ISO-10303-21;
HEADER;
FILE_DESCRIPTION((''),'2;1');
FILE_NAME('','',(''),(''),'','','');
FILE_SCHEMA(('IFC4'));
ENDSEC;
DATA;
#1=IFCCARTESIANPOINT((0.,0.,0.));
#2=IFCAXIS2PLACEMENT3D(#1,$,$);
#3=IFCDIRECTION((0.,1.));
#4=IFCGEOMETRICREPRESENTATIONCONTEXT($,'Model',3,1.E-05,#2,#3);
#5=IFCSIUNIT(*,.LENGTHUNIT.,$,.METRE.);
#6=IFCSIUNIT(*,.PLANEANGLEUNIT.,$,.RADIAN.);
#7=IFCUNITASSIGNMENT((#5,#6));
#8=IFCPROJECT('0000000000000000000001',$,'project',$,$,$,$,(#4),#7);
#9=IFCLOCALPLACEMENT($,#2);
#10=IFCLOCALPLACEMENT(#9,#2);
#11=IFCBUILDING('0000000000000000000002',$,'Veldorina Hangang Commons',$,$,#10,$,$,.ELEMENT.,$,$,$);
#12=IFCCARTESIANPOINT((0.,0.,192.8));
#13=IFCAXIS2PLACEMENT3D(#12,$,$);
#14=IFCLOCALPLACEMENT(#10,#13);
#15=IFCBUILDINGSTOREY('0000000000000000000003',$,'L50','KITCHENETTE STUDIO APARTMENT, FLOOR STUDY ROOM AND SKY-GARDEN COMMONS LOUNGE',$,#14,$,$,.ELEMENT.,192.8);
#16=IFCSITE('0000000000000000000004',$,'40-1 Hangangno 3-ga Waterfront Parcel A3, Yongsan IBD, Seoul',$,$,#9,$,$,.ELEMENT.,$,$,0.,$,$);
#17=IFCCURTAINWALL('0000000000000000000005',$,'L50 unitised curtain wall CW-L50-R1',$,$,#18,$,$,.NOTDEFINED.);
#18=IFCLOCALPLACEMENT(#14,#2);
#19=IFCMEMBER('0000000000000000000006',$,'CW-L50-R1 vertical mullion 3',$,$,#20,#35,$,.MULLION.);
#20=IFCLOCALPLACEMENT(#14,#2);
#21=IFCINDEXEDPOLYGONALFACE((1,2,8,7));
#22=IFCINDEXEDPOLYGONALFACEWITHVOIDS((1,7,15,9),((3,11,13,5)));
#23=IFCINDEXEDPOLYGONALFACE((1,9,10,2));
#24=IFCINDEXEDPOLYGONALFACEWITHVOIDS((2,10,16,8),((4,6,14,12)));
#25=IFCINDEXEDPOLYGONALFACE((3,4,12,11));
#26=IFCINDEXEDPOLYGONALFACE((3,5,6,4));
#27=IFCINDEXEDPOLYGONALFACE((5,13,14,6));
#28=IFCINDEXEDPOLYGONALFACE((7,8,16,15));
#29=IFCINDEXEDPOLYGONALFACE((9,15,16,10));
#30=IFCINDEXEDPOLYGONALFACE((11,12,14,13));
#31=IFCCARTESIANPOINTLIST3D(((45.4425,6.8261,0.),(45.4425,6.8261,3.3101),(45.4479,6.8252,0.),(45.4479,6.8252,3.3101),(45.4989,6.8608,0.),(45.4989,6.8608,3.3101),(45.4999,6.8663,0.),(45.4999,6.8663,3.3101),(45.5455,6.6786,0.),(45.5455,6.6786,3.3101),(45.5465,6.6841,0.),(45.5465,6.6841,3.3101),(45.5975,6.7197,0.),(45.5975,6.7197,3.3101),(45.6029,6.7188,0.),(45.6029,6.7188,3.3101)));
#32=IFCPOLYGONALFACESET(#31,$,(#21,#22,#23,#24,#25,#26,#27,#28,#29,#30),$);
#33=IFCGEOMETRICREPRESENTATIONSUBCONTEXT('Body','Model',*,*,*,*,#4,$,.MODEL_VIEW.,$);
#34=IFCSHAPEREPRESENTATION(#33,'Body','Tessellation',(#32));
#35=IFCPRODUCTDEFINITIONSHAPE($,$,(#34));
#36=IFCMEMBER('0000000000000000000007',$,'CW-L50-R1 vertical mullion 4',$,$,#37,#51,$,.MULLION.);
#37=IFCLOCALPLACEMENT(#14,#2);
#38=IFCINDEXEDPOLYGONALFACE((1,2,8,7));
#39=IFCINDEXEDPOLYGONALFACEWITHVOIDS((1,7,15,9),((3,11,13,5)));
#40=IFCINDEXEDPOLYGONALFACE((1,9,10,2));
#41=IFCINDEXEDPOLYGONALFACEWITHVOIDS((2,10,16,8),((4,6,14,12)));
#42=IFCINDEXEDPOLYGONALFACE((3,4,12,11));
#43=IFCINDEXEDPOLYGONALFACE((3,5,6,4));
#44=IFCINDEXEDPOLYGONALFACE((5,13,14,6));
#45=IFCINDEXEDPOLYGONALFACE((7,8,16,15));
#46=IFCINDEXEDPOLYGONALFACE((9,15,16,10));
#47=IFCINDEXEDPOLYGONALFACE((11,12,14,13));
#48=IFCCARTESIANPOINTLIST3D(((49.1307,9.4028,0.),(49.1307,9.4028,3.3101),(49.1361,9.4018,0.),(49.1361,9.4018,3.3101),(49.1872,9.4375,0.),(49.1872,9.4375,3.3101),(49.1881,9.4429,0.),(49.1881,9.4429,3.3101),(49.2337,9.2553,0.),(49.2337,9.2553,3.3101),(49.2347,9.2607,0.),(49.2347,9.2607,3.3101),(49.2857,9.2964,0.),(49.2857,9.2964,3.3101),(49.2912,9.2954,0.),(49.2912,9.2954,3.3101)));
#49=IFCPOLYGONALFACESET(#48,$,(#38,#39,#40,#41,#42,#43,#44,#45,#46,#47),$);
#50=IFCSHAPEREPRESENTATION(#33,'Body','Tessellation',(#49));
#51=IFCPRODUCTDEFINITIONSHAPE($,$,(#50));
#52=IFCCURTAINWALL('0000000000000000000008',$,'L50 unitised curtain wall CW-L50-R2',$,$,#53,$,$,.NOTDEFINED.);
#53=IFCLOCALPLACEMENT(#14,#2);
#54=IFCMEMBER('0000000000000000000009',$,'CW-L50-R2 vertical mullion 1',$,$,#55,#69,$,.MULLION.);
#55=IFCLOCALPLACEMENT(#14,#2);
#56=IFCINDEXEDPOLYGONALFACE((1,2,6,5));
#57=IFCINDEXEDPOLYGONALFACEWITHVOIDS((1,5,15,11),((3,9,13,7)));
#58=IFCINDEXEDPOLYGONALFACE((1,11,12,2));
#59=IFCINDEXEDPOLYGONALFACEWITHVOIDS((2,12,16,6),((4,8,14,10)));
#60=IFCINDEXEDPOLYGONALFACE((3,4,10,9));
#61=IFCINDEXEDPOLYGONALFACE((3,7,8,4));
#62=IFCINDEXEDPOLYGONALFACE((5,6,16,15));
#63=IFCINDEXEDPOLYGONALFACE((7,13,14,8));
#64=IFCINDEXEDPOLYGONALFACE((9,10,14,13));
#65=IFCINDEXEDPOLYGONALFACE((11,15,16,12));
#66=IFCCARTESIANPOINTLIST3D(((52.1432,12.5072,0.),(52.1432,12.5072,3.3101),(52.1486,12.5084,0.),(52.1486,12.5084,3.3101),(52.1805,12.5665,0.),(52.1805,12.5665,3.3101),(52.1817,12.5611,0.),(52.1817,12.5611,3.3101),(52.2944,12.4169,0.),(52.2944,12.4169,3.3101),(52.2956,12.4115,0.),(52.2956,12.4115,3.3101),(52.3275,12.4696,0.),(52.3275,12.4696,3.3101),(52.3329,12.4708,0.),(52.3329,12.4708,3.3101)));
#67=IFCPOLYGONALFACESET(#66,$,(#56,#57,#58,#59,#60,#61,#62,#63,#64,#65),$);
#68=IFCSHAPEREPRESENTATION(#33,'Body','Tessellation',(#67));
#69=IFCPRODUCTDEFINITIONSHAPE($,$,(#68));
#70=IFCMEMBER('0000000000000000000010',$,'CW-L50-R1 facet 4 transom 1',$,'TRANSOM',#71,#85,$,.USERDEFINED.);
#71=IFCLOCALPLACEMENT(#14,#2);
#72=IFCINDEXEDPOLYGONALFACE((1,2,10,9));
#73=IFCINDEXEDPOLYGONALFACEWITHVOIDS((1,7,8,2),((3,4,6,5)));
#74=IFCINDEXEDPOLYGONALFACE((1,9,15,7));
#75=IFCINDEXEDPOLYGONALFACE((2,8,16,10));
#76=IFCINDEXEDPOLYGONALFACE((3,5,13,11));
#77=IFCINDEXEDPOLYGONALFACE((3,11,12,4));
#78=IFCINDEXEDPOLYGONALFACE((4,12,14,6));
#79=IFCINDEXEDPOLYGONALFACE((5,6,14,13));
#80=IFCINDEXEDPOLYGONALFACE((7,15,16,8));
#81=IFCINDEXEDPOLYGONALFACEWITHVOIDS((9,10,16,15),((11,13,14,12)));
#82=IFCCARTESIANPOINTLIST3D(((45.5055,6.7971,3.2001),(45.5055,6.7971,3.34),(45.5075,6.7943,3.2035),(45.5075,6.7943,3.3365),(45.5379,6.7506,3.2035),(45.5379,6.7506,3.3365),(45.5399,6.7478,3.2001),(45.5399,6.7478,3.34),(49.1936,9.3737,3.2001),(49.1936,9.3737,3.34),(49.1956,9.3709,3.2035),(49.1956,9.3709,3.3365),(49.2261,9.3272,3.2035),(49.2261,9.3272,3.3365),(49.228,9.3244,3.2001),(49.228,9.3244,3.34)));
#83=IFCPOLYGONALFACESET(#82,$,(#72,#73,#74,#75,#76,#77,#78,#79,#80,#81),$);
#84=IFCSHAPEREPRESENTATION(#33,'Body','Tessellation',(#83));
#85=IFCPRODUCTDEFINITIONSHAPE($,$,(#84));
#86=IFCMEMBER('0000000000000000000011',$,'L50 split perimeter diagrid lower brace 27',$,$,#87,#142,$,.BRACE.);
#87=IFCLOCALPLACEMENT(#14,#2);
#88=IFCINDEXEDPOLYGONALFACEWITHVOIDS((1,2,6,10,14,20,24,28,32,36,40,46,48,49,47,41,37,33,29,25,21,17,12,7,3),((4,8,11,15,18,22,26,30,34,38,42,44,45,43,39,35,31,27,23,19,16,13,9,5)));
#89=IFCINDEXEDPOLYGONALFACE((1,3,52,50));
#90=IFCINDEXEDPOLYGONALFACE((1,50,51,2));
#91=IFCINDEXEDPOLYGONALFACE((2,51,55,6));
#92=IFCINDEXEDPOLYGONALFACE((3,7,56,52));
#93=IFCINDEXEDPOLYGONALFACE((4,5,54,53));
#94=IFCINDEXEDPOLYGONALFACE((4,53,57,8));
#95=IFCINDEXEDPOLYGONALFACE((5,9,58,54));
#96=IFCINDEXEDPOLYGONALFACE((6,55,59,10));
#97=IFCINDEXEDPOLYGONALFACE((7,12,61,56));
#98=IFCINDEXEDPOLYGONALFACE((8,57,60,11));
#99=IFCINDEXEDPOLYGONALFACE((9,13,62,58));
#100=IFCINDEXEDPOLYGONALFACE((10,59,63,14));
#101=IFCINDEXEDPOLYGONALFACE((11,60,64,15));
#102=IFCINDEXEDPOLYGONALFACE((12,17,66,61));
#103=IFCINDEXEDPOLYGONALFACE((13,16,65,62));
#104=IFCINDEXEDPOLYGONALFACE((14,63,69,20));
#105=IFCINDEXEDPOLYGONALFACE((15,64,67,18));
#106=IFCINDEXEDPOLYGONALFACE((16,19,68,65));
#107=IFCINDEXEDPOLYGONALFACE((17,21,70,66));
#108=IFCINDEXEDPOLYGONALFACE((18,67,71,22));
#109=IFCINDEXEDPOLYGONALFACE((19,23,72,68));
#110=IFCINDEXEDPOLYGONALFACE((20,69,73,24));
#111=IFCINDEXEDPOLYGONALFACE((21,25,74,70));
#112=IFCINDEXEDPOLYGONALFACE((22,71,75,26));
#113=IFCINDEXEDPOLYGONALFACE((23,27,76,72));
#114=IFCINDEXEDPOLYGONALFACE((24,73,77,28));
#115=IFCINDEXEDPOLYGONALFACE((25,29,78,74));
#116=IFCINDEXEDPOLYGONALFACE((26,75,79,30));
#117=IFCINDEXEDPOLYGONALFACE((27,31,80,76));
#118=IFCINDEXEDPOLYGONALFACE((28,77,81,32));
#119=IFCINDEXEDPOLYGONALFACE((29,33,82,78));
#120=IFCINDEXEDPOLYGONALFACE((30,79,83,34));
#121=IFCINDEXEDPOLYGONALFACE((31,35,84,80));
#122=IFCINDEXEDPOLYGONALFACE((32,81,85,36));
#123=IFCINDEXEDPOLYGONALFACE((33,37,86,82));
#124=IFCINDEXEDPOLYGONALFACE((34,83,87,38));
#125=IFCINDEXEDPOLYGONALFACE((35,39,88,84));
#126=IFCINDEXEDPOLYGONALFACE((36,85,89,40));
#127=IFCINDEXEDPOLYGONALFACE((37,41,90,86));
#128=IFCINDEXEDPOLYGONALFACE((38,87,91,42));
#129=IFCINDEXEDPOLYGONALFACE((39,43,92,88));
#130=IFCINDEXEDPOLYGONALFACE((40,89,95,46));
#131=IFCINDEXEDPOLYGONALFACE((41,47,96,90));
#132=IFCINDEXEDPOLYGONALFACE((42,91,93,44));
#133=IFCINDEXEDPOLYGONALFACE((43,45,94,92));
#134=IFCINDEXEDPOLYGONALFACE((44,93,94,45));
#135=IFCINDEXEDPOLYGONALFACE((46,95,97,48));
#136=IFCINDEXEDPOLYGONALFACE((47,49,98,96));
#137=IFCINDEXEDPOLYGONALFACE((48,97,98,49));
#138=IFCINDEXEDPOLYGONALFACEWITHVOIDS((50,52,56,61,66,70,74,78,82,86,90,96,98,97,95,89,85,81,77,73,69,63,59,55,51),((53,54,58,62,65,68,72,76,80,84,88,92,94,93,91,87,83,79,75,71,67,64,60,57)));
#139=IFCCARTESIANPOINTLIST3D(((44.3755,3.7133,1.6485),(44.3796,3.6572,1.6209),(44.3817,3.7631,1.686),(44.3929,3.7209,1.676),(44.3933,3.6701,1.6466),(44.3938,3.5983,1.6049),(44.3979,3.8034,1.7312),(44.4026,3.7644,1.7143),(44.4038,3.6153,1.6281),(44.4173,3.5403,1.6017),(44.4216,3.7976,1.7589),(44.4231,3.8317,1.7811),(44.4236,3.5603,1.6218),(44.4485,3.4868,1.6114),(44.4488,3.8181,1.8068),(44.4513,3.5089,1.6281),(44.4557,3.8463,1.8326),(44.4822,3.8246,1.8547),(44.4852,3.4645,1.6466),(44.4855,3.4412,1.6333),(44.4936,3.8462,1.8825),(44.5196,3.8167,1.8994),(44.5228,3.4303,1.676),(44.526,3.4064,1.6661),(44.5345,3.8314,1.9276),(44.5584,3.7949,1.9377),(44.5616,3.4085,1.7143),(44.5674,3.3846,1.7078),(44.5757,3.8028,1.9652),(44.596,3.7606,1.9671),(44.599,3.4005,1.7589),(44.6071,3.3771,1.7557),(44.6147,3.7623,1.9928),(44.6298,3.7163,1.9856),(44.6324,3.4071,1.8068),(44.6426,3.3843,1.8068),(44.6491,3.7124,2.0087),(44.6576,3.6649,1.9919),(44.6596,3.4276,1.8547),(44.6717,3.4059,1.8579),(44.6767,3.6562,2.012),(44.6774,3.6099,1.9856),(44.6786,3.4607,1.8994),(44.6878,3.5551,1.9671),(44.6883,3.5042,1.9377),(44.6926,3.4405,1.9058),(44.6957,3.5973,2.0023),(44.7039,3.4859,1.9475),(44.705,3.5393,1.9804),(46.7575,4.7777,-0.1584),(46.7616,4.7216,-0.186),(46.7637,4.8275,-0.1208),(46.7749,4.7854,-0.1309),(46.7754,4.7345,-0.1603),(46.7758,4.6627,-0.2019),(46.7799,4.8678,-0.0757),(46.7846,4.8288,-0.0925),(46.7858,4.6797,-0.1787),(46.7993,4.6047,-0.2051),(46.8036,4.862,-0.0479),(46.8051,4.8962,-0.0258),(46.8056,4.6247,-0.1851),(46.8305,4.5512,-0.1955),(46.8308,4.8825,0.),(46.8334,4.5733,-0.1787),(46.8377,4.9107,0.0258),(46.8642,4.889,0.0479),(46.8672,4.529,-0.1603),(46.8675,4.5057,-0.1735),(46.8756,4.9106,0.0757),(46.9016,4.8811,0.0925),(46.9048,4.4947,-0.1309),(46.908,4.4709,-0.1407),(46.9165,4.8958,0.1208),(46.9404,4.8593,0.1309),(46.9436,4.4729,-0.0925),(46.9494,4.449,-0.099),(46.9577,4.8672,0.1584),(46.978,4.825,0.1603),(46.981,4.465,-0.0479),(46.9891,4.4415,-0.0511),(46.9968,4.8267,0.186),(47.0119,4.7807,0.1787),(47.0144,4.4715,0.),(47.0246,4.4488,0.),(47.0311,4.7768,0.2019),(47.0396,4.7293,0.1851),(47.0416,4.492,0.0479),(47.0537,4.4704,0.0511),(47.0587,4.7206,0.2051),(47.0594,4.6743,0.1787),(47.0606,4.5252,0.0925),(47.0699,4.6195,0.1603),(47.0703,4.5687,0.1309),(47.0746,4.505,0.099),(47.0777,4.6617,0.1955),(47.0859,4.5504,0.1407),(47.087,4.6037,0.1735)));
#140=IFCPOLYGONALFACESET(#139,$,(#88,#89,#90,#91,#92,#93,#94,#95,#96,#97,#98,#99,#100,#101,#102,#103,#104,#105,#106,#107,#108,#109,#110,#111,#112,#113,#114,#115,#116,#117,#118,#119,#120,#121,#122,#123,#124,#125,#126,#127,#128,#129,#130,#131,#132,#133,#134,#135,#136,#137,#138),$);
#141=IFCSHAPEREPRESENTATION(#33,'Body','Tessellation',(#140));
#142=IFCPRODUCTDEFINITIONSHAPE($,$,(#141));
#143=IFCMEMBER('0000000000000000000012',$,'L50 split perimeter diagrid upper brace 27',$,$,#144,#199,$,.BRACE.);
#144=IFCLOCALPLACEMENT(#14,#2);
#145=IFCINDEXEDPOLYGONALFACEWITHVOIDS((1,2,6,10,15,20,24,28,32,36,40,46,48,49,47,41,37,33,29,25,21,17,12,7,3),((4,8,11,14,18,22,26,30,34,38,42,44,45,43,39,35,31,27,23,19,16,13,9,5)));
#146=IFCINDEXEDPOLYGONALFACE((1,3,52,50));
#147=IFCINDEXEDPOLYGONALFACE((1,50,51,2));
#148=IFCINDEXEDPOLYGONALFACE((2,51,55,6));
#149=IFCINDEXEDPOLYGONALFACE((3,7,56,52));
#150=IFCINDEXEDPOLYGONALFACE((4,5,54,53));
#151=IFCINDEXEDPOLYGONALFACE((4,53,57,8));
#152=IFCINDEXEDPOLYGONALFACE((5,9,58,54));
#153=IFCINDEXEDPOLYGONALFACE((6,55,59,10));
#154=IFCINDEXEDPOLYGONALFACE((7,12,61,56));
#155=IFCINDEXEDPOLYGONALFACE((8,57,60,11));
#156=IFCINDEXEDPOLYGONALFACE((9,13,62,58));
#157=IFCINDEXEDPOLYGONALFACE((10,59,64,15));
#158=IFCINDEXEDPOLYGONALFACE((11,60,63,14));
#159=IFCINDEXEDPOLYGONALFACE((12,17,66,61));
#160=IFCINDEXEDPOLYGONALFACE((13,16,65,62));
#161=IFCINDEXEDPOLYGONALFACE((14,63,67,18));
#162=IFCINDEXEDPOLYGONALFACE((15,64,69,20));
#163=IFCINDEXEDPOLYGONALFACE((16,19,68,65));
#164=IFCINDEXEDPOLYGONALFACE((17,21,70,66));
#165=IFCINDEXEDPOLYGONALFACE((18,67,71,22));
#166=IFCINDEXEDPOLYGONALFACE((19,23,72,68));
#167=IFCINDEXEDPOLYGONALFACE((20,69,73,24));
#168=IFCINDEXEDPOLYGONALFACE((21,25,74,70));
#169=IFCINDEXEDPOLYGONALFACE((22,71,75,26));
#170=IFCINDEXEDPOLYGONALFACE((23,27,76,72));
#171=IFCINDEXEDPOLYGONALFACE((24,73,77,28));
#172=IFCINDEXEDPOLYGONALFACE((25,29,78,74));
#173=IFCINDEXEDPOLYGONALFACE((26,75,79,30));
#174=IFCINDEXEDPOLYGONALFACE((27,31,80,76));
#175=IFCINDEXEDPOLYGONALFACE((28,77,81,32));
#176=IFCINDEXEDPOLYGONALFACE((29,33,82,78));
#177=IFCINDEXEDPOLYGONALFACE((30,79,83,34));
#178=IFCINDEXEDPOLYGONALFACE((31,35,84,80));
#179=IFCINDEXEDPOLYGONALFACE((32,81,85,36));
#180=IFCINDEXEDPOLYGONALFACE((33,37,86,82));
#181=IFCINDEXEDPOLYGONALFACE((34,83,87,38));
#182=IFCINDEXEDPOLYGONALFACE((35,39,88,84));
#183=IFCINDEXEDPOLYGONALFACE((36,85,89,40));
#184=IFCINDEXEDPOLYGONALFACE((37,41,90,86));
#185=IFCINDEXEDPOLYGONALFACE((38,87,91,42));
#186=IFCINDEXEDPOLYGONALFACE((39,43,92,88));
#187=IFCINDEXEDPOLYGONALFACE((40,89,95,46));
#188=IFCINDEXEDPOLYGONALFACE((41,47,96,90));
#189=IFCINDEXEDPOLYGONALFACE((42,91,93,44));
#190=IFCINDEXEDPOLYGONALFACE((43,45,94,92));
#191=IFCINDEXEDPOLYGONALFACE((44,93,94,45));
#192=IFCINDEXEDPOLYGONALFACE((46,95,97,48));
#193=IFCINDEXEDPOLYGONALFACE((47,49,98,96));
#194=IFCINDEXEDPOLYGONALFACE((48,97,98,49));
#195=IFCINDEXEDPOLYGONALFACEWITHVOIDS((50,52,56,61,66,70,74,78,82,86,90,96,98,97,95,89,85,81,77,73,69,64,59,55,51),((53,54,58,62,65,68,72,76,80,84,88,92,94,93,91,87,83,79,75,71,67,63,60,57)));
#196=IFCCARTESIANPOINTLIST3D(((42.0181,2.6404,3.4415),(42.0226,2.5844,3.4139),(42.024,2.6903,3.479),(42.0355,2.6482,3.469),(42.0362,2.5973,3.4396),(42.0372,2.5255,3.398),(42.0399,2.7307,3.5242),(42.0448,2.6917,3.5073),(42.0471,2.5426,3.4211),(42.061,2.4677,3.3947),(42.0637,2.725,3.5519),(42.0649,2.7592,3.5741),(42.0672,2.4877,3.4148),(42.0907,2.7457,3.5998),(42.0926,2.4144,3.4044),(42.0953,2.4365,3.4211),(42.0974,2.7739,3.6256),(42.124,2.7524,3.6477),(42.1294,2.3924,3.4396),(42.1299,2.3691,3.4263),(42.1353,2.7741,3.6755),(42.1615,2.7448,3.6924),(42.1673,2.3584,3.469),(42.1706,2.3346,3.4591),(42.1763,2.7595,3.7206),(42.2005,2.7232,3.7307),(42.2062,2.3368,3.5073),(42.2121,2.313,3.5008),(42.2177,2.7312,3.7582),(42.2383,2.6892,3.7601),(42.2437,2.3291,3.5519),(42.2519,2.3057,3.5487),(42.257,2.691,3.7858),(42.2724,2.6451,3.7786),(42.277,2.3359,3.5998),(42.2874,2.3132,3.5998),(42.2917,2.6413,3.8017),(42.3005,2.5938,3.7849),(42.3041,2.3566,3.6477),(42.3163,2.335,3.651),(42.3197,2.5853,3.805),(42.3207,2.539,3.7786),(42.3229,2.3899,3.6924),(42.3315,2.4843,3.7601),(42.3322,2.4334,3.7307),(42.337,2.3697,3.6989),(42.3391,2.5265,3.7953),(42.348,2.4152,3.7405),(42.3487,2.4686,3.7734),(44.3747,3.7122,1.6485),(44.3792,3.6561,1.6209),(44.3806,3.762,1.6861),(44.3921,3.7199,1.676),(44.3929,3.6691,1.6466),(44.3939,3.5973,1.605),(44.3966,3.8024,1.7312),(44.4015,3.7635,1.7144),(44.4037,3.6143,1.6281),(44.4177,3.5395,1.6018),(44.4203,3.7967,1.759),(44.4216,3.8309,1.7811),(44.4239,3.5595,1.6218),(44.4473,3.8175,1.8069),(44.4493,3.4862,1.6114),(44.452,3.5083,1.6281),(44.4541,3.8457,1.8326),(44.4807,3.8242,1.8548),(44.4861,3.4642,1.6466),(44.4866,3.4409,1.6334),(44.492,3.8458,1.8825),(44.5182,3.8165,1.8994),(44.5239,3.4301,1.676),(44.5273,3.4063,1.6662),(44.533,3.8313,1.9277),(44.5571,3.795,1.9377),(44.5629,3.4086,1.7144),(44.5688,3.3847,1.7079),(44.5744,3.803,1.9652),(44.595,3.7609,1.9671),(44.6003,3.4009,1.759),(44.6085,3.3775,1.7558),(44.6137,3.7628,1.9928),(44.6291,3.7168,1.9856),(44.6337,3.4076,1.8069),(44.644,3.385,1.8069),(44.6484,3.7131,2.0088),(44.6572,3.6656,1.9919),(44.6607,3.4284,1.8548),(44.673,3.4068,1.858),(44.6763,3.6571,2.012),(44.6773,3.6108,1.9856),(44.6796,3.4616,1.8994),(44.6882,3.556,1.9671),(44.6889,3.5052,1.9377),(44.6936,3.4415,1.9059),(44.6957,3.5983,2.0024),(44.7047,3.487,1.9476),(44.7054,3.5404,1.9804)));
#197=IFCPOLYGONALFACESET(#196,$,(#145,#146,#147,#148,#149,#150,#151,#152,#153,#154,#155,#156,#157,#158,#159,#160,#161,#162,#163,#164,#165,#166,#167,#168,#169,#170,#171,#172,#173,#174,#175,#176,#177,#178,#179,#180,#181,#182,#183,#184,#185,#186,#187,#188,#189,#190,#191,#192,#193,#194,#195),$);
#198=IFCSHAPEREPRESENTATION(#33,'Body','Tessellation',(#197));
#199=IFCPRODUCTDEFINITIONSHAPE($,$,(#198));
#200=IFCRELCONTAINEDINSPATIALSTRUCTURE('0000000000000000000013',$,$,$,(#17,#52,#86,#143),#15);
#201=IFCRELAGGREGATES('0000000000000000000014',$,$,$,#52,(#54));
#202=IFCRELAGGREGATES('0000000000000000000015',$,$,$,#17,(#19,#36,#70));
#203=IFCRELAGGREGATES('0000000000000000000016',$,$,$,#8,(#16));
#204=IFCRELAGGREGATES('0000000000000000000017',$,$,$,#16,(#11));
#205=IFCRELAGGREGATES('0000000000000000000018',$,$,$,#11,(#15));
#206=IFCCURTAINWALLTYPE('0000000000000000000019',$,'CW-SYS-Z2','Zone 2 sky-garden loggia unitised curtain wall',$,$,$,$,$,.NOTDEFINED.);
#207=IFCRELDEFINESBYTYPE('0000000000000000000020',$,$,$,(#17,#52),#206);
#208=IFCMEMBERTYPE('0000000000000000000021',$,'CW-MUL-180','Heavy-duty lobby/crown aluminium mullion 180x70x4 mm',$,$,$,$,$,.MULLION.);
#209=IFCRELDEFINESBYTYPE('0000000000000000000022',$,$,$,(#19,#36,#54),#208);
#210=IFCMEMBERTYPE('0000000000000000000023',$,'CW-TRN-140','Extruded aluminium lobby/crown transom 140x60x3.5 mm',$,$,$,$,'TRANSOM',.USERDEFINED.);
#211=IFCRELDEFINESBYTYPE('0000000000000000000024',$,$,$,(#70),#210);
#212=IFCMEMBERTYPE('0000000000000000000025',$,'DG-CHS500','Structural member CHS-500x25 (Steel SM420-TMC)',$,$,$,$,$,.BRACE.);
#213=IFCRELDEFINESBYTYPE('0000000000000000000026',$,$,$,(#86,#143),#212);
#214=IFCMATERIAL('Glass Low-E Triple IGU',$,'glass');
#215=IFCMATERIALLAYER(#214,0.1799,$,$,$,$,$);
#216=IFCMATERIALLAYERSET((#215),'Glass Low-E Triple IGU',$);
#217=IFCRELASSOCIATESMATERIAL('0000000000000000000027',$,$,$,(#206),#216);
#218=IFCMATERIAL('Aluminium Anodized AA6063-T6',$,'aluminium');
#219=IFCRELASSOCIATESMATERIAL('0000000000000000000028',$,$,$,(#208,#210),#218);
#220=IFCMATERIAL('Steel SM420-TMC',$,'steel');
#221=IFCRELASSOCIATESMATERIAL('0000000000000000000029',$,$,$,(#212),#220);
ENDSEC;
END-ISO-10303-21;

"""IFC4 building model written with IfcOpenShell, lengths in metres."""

from ifc_helpers import new_model, si_unit, direction, frame, origin, origin_2d, place, context, subcontext, project, spatial, hollow_rectangle, hollow_circle, extrude, material, layer, layer_set, material_profile, profile_set, type_object, element, aggregate, save


model = new_model("IFC4")

# Units and contexts
model_context = context("Model", 3, precision=1e-05, world=origin(), true_north=direction((0.0, 1.0)))
body_context = subcontext(model_context, "Body", "Model", "MODEL_VIEW")
ifc_project = project(units=[si_unit("LENGTHUNIT", "METRE"), si_unit("PLANEANGLEUNIT", "RADIAN")], contexts=[model_context])

# Site, building, storey
site_placement = place(None, origin())
site = spatial("IfcSite", under=ifc_project, at=site_placement, Name="40-1 Hangangno 3-ga Waterfront Parcel A3, Yongsan IBD, Seoul", CompositionType="ELEMENT", RefElevation=0.0)
building_placement = place(site_placement, origin())
building = spatial("IfcBuilding", under=site, at=building_placement, Name="Veldorina Hangang Commons", CompositionType="ELEMENT")
storey_placement = place(building_placement, frame((0.0, 0.0, 192.8)))
storey = spatial("IfcBuildingStorey", under=building, at=storey_placement, Name="L50", Description="KITCHENETTE STUDIO APARTMENT, FLOOR STUDY ROOM AND SKY-GARDEN COMMONS LOUNGE", CompositionType="ELEMENT", Elevation=192.8)

# Shared definitions
ifc_material_1 = material(Name="Steel SM420-TMC", Category="steel")

# Curtain wall, members
ifc_material_2 = material(Name="Glass Low-E Triple IGU", Category="glass")
ifc_layer_1 = layer(ifc_material_2, 0.1799)
ifc_layer_set_1 = layer_set([ifc_layer_1], Name="Glass Low-E Triple IGU")
curtain_wall_type = type_object("IfcCurtainWallType", Name="CW-SYS-Z2", Description="Zone 2 sky-garden loggia unitised curtain wall", PredefinedType="NOTDEFINED", material=ifc_layer_set_1)
curtain_wall_1_placement = place(storey_placement, origin())
curtain_wall_1 = element("IfcCurtainWall", 1, at=curtain_wall_1_placement, inside=storey, type_object=curtain_wall_type, Name="L50 unitised curtain wall CW-L50-R1", PredefinedType="NOTDEFINED")
ifc_material_3 = material(Name="Aluminium Anodized AA6063-T6", Category="aluminium")
ifc_material_profile_1 = material_profile(ifc_material_3, hollow_rectangle(XDim=0.0701, YDim=0.1799, WallThickness=0.0039, at=origin_2d()), Name="ALU-RHS-180x70x4")
ifc_profile_set_1 = profile_set([ifc_material_profile_1], Name="Aluminium Anodized AA6063-T6")
member_type_1 = type_object("IfcMemberType", Name="CW-MUL-180", Description="Heavy-duty lobby/crown aluminium mullion 180x70x4 mm", PredefinedType="MULLION", material=ifc_profile_set_1)
member_1_placement = place(storey_placement, frame((45.5227, 6.7725, 0.0), z_axis=(0.0, 0.0, 1.0), x_axis=(0.819762, 0.572704, 0.0)))
member_1 = element("IfcMember", 2, at=member_1_placement, type_object=member_type_1, Name="CW-L50-R1 vertical mullion 3", PredefinedType="MULLION", context=body_context, shape_type="SweptSolid", body=[
    extrude(hollow_rectangle(XDim=0.0701, YDim=0.1799, WallThickness=0.0039, at=origin_2d()), origin(), (0.0, 0.0, 1.0), 3.3101),
])
member_2_placement = place(storey_placement, frame((49.2109, 9.3491, 0.0), z_axis=(0.0, 0.0, 1.0), x_axis=(-0.819762, -0.572704, 0.0)))
member_2 = element("IfcMember", 3, at=member_2_placement, type_object=member_type_1, Name="CW-L50-R1 vertical mullion 4", PredefinedType="MULLION", context=body_context, shape_type="SweptSolid", body=[
    extrude(hollow_rectangle(XDim=0.0701, YDim=0.1799, WallThickness=0.0039, at=origin_2d()), origin(), (0.0, 0.0, 1.0), 3.3101),
])

# Curtain wall, member
curtain_wall_2_placement = place(storey_placement, origin())
curtain_wall_2 = element("IfcCurtainWall", 4, at=curtain_wall_2_placement, inside=storey, type_object=curtain_wall_type, Name="L50 unitised curtain wall CW-L50-R2", PredefinedType="NOTDEFINED")
member_3_placement = place(storey_placement, frame((52.238, 12.489, 0.0), z_axis=(0.0, 0.0, 1.0), x_axis=(0.531768, 0.84689, 0.0)))
member_3 = element("IfcMember", 5, at=member_3_placement, type_object=member_type_1, Name="CW-L50-R2 vertical mullion 1", PredefinedType="MULLION", context=body_context, shape_type="SweptSolid", body=[
    extrude(hollow_rectangle(XDim=0.0701, YDim=0.1799, WallThickness=0.0039, at=origin_2d()), origin(), (0.0, 0.0, 1.0), 3.3101),
])
aggregate(curtain_wall_2, [member_3])

# Member
ifc_material_profile_2 = material_profile(ifc_material_3, hollow_rectangle(XDim=0.0601, YDim=0.1399, WallThickness=0.0034, at=origin_2d()), Name="ALU-RHS-140x60x3.5")
ifc_profile_set_2 = profile_set([ifc_material_profile_2], Name="Aluminium Anodized AA6063-T6")
member_type_2 = type_object("IfcMemberType", Name="CW-TRN-140", Description="Extruded aluminium lobby/crown transom 140x60x3.5 mm", ElementType="TRANSOM", PredefinedType="USERDEFINED", material=ifc_profile_set_2)
member_4_placement = place(storey_placement, frame((45.5227, 6.7725, 3.27), z_axis=(0.819764, 0.572701, 0.0), x_axis=(-0.572701, 0.819764, 0.0)))
member_4 = element("IfcMember", 6, at=member_4_placement, type_object=member_type_2, Name="CW-L50-R1 facet 4 transom 1", ObjectType="TRANSOM", PredefinedType="USERDEFINED", context=body_context, shape_type="SweptSolid", body=[
    extrude(hollow_rectangle(XDim=0.0601, YDim=0.1399, WallThickness=0.0034, at=origin_2d()), origin(), (0.0, 0.0, 1.0), 4.499),
])

# Members
ifc_material_profile_3 = material_profile(ifc_material_1, hollow_circle(Radius=0.25, WallThickness=0.0249, at=origin_2d()), Name="CHS-500x25")
ifc_profile_set_3 = profile_set([ifc_material_profile_3], Name="Steel SM420-TMC")
member_type_3 = type_object("IfcMemberType", Name="DG-CHS500", Description="Structural member CHS-500x25 (Steel SM420-TMC)", PredefinedType="BRACE", material=ifc_profile_set_3)
member_5_placement = place(storey_placement, frame((46.9226, 4.677, 0.0), z_axis=(-0.750575, -0.335401, 0.569336), x_axis=(0.407978, -0.912992, 0.0)))
element("IfcMember", 7, at=member_5_placement, inside=storey, type_object=member_type_3, Name="L50 split perimeter diagrid lower brace 27", PredefinedType="BRACE", context=body_context, shape_type="SweptSolid", body=[
    extrude(hollow_circle(Radius=0.25, WallThickness=0.0249, at=origin_2d()), origin(), (0.0, 0.0, 1.0), 3.1736),
])
member_6_placement = place(storey_placement, frame((44.5405, 3.6125, 1.8069), z_axis=(-0.748347, -0.340334, 0.569342), x_axis=(0.413981, -0.910286, 0.0)))
element("IfcMember", 8, at=member_6_placement, inside=storey, type_object=member_type_3, Name="L50 split perimeter diagrid upper brace 27", PredefinedType="BRACE", context=body_context, shape_type="SweptSolid", body=[
    extrude(hollow_circle(Radius=0.25, WallThickness=0.0249, at=origin_2d()), origin(), (0.0, 0.0, 1.0), 3.1492),
])

aggregate(curtain_wall_1, [member_1, member_2, member_4])

save(model, "model.ifc")
